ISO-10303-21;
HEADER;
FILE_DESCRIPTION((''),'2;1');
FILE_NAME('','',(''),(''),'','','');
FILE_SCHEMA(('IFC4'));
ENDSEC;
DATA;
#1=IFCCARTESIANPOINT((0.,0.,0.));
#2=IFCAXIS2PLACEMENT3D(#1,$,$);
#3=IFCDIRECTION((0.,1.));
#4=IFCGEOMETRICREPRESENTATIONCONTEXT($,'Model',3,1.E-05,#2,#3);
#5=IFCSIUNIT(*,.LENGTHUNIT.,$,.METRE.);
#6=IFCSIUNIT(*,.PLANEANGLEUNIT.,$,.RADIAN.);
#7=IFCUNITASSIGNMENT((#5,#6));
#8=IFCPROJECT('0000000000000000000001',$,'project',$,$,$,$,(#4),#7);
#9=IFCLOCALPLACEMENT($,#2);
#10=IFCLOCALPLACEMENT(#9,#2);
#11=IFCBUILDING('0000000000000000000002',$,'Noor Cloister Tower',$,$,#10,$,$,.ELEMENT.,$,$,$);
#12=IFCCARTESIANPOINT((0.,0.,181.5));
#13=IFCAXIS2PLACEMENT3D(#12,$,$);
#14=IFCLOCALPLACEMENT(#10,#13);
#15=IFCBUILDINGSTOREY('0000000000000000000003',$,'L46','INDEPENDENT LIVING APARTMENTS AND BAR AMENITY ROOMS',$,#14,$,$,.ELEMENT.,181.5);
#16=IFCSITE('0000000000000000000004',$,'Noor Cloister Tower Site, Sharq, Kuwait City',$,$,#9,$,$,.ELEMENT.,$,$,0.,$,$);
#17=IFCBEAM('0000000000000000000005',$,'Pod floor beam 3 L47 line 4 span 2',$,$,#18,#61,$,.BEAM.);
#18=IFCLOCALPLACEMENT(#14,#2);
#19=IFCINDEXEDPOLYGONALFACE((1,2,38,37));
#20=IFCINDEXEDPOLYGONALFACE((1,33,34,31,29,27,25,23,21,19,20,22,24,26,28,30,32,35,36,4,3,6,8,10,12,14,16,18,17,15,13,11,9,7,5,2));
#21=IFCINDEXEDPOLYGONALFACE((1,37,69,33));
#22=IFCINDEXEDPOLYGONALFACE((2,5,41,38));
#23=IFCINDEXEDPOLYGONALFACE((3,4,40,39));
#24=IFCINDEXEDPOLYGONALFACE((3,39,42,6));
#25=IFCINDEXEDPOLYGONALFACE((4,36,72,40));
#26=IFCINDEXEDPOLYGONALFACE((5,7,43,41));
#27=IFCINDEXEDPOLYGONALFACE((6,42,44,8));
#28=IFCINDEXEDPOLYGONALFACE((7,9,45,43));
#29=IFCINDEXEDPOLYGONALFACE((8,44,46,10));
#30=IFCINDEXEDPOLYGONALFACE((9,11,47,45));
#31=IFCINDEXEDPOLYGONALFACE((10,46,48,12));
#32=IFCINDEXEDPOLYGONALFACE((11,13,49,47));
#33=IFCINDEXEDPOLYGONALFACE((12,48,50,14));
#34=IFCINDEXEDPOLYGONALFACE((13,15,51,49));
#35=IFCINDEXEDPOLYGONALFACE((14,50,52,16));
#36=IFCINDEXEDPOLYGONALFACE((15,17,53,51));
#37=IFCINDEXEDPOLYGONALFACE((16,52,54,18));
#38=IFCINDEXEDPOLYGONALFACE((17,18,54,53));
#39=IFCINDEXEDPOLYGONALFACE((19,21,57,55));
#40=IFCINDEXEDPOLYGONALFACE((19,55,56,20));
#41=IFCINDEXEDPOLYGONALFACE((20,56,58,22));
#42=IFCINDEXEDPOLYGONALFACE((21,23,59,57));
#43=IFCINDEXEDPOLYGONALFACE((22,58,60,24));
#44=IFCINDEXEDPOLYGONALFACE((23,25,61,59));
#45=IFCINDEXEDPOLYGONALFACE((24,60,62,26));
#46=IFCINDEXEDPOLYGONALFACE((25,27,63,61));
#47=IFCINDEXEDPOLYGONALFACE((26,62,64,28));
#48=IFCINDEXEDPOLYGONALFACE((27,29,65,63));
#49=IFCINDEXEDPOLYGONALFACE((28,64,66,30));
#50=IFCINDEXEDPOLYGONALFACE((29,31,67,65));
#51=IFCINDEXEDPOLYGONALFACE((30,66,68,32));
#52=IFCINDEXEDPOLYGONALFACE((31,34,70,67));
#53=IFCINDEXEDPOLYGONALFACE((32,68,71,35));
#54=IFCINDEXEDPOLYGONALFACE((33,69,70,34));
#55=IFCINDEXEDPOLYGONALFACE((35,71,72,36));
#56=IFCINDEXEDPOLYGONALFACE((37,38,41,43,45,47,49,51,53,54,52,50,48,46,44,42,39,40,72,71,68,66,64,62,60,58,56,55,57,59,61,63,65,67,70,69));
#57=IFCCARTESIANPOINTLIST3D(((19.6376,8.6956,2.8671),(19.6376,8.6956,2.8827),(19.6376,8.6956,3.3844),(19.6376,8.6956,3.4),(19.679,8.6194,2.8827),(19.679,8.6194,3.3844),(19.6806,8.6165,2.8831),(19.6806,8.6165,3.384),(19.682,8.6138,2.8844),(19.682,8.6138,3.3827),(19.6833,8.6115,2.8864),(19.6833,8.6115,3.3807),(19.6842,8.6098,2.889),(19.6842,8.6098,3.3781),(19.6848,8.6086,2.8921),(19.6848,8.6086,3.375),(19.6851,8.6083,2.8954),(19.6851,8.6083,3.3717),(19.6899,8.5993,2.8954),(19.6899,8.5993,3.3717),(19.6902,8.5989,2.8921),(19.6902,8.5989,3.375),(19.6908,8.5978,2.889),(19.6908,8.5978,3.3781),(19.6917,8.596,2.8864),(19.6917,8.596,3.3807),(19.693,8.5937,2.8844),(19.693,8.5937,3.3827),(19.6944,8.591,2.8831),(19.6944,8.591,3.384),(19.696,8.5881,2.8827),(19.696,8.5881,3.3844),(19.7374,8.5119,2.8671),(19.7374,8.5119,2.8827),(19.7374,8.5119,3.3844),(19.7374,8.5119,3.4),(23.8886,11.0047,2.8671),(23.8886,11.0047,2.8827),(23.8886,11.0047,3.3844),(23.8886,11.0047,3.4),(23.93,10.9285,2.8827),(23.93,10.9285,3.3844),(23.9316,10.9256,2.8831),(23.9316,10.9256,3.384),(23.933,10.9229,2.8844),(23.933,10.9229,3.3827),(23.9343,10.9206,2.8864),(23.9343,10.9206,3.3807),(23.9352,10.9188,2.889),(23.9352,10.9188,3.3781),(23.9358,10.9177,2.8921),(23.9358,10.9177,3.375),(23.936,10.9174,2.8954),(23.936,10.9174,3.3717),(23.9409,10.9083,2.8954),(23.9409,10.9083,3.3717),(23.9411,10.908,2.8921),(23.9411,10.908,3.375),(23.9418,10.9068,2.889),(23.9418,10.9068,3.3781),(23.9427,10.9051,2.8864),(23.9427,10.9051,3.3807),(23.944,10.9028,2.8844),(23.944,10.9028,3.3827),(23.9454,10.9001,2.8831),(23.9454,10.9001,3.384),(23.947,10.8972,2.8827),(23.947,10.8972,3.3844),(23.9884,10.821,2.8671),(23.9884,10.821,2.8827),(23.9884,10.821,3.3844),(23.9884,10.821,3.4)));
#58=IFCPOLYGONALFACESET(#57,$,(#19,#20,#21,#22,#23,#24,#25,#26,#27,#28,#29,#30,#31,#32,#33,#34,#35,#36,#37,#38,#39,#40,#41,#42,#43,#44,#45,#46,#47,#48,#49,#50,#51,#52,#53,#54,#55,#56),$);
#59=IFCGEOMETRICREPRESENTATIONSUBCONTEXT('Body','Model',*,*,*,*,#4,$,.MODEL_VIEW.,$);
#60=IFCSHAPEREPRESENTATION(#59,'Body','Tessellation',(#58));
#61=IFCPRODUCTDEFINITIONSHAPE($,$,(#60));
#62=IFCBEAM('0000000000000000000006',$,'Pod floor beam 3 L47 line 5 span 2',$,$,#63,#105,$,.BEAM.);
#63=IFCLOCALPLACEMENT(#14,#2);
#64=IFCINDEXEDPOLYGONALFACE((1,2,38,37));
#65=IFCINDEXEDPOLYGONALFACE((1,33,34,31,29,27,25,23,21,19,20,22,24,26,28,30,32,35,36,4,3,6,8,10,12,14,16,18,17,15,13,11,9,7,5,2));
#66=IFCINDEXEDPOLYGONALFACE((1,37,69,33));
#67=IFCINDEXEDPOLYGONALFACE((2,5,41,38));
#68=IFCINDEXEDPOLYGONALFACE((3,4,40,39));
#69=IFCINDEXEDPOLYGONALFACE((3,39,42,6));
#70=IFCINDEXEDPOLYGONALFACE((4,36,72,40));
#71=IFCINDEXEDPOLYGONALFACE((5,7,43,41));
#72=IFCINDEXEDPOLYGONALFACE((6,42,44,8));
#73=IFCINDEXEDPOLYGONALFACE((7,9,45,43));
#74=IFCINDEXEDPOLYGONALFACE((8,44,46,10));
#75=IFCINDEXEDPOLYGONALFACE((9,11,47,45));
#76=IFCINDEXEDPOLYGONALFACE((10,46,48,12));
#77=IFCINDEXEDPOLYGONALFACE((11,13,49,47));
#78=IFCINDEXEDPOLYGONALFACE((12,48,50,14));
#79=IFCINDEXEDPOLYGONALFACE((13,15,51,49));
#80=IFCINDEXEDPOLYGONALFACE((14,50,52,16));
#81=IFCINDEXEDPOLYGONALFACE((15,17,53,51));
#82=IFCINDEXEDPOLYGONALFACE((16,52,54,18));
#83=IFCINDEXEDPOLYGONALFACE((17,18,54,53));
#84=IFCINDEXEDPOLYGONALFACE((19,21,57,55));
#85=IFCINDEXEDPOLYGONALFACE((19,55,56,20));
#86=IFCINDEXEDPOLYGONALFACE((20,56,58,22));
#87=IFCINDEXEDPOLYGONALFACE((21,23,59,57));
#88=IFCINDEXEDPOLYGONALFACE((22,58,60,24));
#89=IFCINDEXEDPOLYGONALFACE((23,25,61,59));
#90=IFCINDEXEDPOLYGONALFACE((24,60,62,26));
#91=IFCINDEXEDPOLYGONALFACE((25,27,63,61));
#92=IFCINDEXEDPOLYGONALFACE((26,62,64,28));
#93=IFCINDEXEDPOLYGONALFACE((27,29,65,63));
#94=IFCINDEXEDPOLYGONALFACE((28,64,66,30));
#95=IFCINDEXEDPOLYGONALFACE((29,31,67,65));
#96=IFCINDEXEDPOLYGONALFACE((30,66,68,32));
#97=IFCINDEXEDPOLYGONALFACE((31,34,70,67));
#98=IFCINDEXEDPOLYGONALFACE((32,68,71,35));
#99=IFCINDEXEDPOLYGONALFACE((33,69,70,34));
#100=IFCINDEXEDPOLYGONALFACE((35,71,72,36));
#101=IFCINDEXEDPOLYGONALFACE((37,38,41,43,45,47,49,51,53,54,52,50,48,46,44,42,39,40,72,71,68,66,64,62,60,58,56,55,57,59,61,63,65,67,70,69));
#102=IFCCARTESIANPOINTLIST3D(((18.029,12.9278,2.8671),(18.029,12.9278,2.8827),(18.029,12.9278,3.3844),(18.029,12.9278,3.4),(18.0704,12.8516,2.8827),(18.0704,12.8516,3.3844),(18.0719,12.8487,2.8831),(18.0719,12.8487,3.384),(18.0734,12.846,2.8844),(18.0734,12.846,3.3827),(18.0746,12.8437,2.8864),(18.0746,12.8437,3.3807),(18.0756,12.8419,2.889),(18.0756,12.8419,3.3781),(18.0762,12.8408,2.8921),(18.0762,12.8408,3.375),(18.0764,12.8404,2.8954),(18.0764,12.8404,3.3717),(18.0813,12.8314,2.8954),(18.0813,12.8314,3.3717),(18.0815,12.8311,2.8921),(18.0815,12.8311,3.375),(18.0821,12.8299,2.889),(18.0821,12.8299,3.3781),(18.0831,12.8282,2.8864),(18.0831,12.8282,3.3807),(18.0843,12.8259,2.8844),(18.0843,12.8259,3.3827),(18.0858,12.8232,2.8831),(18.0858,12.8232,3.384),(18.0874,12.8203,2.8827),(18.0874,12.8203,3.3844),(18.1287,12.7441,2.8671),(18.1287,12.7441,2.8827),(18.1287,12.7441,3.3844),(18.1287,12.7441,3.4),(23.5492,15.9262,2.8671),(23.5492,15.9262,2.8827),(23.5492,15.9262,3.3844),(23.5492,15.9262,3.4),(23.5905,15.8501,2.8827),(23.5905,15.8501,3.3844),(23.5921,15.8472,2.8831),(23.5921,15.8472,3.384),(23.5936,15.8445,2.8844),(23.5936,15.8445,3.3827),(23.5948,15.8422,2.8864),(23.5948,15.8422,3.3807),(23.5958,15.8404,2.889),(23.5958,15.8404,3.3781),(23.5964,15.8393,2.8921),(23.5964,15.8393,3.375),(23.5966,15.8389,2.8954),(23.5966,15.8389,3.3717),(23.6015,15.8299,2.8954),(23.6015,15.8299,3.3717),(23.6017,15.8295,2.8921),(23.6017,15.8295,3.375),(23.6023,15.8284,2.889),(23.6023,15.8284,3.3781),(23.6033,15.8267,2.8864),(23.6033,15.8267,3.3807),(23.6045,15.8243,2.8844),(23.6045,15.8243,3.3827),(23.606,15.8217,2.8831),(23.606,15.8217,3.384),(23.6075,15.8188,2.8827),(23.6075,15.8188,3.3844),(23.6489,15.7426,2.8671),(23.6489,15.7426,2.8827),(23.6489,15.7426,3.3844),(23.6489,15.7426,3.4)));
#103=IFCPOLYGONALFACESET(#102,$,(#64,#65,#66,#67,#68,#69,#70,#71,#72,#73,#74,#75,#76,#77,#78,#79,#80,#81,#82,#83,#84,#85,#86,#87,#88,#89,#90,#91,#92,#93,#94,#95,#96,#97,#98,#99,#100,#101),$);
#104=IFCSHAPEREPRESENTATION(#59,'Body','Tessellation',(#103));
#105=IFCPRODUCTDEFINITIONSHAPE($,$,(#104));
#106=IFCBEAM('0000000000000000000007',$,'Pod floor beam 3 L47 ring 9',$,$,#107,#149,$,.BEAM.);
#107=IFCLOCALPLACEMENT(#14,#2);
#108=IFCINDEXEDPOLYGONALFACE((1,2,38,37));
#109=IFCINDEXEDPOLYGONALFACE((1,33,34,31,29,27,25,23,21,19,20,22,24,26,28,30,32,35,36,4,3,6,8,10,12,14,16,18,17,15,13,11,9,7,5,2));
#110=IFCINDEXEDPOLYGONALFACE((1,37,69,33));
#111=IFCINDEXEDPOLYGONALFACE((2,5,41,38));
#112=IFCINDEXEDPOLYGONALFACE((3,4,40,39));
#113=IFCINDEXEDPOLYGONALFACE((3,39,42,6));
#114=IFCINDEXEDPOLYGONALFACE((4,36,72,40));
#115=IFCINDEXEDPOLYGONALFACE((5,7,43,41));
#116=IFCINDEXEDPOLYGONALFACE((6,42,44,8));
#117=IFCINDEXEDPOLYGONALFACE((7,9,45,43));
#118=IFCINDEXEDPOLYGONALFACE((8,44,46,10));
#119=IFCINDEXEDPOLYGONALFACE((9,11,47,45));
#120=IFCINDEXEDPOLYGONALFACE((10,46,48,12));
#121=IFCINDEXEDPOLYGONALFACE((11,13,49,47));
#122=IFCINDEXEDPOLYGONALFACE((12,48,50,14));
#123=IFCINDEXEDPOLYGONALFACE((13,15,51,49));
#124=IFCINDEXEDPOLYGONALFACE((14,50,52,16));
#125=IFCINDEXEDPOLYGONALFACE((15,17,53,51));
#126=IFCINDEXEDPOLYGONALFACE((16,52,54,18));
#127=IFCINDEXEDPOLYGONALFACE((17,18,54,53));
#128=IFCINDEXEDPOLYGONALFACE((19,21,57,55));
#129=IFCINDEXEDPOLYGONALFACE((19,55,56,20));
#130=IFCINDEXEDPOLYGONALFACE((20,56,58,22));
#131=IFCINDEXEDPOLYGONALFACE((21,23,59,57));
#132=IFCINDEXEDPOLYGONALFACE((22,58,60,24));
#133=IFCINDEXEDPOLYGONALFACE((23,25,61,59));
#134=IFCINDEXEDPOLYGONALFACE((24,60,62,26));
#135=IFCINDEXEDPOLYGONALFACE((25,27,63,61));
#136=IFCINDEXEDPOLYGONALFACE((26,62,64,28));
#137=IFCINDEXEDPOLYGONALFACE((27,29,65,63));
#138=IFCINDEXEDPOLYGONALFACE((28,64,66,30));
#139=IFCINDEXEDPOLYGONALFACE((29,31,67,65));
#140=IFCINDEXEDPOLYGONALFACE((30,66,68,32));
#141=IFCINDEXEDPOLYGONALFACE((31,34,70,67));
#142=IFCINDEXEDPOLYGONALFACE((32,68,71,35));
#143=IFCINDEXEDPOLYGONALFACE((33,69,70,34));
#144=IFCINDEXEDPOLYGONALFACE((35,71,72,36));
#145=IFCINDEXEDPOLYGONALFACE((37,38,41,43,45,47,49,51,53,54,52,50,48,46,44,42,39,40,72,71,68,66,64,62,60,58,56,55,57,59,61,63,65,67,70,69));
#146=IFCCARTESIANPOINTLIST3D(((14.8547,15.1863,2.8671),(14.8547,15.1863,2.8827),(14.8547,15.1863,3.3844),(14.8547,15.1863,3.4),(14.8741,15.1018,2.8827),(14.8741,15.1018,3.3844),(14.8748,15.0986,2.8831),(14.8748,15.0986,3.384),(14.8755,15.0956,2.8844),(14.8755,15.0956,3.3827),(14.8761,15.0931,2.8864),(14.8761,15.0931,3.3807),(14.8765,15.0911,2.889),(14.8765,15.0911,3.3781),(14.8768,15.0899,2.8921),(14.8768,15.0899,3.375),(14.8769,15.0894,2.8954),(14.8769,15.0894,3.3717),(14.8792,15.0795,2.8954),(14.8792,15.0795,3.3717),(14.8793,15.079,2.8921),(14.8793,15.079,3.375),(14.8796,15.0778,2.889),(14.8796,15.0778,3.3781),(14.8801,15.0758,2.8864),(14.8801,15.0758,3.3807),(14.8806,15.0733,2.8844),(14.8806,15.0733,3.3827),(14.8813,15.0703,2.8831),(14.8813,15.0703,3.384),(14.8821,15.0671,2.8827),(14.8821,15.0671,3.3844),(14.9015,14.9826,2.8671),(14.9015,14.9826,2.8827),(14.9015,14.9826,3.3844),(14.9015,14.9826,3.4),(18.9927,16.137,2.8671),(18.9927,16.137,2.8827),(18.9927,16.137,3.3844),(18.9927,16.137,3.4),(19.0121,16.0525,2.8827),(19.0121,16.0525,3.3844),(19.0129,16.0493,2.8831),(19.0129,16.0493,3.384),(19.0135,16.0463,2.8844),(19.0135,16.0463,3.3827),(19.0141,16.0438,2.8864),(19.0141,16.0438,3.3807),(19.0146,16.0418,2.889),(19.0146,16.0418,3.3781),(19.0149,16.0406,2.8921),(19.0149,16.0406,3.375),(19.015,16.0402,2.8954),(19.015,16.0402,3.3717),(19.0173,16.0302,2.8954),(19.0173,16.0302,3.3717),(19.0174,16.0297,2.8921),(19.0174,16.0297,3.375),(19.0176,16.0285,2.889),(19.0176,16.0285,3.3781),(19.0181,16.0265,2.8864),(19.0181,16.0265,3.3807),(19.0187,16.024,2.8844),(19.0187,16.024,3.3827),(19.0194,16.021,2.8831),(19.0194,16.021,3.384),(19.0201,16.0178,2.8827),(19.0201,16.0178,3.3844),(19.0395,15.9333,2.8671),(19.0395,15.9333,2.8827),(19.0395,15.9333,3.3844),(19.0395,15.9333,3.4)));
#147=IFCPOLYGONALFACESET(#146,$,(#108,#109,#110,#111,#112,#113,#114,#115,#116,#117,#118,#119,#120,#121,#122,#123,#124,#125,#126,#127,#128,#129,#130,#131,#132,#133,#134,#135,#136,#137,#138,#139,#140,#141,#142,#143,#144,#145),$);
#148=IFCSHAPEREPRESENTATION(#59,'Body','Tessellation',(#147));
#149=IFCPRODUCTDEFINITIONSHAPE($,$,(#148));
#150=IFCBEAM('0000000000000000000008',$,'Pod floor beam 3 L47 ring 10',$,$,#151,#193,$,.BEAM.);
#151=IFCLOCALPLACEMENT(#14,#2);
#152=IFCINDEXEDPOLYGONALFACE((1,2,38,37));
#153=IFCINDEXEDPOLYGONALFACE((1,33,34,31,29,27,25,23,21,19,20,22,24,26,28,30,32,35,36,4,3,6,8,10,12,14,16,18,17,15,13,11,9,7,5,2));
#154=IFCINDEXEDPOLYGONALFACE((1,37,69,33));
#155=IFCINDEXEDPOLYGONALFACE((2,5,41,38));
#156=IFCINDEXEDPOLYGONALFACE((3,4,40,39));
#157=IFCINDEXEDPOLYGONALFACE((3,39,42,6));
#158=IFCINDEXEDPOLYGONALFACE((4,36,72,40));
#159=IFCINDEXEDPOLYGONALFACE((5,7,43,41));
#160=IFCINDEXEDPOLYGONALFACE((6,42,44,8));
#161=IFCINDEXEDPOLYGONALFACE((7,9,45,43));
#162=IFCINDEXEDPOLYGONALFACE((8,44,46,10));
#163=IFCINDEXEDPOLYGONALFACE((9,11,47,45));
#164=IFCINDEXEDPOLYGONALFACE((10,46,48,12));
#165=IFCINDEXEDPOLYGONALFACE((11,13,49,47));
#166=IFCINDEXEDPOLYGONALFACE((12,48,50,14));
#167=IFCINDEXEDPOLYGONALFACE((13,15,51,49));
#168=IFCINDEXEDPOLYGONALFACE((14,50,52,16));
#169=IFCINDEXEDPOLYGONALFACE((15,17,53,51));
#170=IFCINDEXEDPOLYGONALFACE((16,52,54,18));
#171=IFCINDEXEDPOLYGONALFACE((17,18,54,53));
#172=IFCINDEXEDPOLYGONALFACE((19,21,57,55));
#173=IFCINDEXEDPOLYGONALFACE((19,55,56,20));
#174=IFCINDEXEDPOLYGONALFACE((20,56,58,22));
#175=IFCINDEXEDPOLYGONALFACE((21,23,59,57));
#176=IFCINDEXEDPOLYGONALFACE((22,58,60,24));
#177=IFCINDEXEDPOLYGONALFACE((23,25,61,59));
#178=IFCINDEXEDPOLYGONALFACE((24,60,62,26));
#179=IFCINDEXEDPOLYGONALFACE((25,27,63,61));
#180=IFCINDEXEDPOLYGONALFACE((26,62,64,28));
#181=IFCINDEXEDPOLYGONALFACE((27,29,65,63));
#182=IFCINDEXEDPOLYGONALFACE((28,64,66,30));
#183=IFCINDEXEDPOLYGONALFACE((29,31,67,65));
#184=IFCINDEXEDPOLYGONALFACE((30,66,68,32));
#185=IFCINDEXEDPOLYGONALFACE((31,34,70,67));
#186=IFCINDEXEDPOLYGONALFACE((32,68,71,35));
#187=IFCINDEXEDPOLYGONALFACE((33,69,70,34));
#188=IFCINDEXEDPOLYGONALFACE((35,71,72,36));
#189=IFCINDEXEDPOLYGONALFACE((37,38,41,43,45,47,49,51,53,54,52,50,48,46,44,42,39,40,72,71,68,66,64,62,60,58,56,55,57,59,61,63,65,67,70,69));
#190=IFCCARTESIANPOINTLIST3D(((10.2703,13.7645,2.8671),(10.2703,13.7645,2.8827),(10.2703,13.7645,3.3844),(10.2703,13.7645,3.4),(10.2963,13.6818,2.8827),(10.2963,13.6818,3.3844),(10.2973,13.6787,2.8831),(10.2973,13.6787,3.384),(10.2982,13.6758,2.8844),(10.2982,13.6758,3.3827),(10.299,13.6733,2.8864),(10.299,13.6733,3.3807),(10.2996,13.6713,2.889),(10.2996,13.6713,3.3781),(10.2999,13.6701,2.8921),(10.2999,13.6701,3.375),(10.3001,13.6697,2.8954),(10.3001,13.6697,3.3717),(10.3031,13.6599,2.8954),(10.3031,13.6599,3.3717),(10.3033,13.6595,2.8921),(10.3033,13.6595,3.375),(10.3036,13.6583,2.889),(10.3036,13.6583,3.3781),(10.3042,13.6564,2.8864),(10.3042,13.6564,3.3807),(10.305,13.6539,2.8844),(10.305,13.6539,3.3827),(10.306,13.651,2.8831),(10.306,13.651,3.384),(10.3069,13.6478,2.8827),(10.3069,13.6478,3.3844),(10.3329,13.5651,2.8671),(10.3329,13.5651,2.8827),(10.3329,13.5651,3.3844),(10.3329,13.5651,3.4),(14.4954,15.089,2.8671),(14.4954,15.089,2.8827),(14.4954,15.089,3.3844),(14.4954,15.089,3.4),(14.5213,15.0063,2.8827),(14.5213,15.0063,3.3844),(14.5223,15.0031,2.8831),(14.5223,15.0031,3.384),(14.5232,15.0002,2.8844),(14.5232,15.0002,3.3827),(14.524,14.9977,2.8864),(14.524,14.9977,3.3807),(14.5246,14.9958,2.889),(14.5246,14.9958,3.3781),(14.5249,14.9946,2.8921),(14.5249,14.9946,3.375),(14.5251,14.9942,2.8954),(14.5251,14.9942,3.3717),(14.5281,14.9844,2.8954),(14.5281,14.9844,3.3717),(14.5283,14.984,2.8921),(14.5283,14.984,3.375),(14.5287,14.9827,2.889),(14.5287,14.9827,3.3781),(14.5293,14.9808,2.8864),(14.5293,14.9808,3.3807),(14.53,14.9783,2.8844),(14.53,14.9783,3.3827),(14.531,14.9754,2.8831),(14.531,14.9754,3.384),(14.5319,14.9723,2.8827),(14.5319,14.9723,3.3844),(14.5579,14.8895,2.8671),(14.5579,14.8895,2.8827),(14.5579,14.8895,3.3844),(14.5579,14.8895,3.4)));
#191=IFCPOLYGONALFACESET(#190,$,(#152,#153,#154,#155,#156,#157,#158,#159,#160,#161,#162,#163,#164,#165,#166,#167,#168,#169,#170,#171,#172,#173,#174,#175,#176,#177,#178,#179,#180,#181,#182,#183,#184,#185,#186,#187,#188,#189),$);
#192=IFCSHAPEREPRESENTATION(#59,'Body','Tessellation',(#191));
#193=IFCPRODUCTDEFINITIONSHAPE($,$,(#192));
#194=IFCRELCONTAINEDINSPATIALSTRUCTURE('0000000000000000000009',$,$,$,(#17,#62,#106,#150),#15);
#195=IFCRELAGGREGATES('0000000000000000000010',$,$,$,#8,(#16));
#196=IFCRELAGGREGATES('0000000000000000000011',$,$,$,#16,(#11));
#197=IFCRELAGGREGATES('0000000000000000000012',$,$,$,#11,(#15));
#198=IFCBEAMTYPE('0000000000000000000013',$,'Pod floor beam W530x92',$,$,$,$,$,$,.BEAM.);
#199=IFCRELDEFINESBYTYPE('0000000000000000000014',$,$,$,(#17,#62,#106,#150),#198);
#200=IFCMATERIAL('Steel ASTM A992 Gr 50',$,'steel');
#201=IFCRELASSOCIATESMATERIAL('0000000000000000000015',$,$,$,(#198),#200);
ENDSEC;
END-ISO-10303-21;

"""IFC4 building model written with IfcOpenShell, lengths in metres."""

from ifc_helpers import new_model, si_unit, direction, frame, origin, origin_2d, place, context, subcontext, project, spatial, i_section, extrude, material, material_profile, profile_set, type_object, element, save


model = new_model("IFC4")

# Units and contexts
model_context = context("Model", 3, precision=1e-05, world=origin(), true_north=direction((0.0, 1.0)))
body_context = subcontext(model_context, "Body", "Model", "MODEL_VIEW")
ifc_project = project(units=[si_unit("LENGTHUNIT", "METRE"), si_unit("PLANEANGLEUNIT", "RADIAN")], contexts=[model_context])

# Site, building, storey
site_placement = place(None, origin())
site = spatial("IfcSite", under=ifc_project, at=site_placement, Name="Noor Cloister Tower Site, Sharq, Kuwait City", CompositionType="ELEMENT", RefElevation=0.0)
building_placement = place(site_placement, origin())
building = spatial("IfcBuilding", under=site, at=building_placement, Name="Noor Cloister Tower", CompositionType="ELEMENT")
storey_placement = place(building_placement, frame((0.0, 0.0, 181.5)))
storey = spatial("IfcBuildingStorey", under=building, at=storey_placement, Name="L46", Description="INDEPENDENT LIVING APARTMENTS AND BAR AMENITY ROOMS", CompositionType="ELEMENT", Elevation=181.5)

# Beams
ifc_material_1 = material(Name="Steel ASTM A992 Gr 50", Category="steel")
ifc_material_profile_1 = material_profile(ifc_material_1, i_section(OverallWidth=0.209, OverallDepth=0.533, WebThickness=0.0103, FlangeThickness=0.0156, FilletRadius=0.0127, at=origin_2d()), Name="W530x92")
ifc_profile_set_1 = profile_set([ifc_material_profile_1], Name="Steel ASTM A992 Gr 50")
beam_type_1 = type_object("IfcBeamType", Name="Pod floor beam W530x92", PredefinedType="BEAM", material=ifc_profile_set_1)
beam_1_placement = place(storey_placement, frame((19.6875, 8.6038, 3.1335), z_axis=(0.878731, 0.477317, 0.0), x_axis=(-0.477317, 0.878731, 0.0)))
element("IfcBeam", 1, at=beam_1_placement, inside=storey, type_object=beam_type_1, Name="Pod floor beam 3 L47 line 4 span 2", PredefinedType="BEAM", context=body_context, shape_type="SweptSolid", body=[
    extrude(i_section(OverallWidth=0.209, OverallDepth=0.533, WebThickness=0.0103, FlangeThickness=0.0156, FilletRadius=0.0127, at=origin_2d()), origin(), (0.0, 0.0, 1.0), 4.8376),
])
beam_2_placement = place(storey_placement, frame((18.0789, 12.8359, 3.1335), z_axis=(0.878732, 0.477316, 0.0), x_axis=(-0.477316, 0.878732, 0.0)))
element("IfcBeam", 2, at=beam_2_placement, inside=storey, type_object=beam_type_1, Name="Pod floor beam 3 L47 line 5 span 2", PredefinedType="BEAM", context=body_context, shape_type="SweptSolid", body=[
    extrude(i_section(OverallWidth=0.209, OverallDepth=0.533, WebThickness=0.0103, FlangeThickness=0.0156, FilletRadius=0.0127, at=origin_2d()), origin(), (0.0, 0.0, 1.0), 6.282),
])
beam_3_placement = place(storey_placement, frame((19.0161, 16.0352, 3.1335), z_axis=(-0.974609, -0.223914, 0.0), x_axis=(0.223914, -0.974609, 0.0)))
element("IfcBeam", 3, at=beam_3_placement, inside=storey, type_object=beam_type_1, Name="Pod floor beam 3 L47 ring 9", PredefinedType="BEAM", context=body_context, shape_type="SweptSolid", body=[
    extrude(i_section(OverallWidth=0.209, OverallDepth=0.533, WebThickness=0.0103, FlangeThickness=0.0156, FilletRadius=0.0127, at=origin_2d()), origin(), (0.0, 0.0, 1.0), 4.2458),
])
beam_4_placement = place(storey_placement, frame((14.5266, 14.9893, 3.1335), z_axis=(-0.954215, -0.299123, 0.0), x_axis=(0.299123, -0.954215, 0.0)))
element("IfcBeam", 4, at=beam_4_placement, inside=storey, type_object=beam_type_1, Name="Pod floor beam 3 L47 ring 10", PredefinedType="BEAM", context=body_context, shape_type="SweptSolid", body=[
    extrude(i_section(OverallWidth=0.209, OverallDepth=0.533, WebThickness=0.0103, FlangeThickness=0.0156, FilletRadius=0.0127, at=origin_2d()), origin(), (0.0, 0.0, 1.0), 4.4277),
])

save(model, "model.ifc")
